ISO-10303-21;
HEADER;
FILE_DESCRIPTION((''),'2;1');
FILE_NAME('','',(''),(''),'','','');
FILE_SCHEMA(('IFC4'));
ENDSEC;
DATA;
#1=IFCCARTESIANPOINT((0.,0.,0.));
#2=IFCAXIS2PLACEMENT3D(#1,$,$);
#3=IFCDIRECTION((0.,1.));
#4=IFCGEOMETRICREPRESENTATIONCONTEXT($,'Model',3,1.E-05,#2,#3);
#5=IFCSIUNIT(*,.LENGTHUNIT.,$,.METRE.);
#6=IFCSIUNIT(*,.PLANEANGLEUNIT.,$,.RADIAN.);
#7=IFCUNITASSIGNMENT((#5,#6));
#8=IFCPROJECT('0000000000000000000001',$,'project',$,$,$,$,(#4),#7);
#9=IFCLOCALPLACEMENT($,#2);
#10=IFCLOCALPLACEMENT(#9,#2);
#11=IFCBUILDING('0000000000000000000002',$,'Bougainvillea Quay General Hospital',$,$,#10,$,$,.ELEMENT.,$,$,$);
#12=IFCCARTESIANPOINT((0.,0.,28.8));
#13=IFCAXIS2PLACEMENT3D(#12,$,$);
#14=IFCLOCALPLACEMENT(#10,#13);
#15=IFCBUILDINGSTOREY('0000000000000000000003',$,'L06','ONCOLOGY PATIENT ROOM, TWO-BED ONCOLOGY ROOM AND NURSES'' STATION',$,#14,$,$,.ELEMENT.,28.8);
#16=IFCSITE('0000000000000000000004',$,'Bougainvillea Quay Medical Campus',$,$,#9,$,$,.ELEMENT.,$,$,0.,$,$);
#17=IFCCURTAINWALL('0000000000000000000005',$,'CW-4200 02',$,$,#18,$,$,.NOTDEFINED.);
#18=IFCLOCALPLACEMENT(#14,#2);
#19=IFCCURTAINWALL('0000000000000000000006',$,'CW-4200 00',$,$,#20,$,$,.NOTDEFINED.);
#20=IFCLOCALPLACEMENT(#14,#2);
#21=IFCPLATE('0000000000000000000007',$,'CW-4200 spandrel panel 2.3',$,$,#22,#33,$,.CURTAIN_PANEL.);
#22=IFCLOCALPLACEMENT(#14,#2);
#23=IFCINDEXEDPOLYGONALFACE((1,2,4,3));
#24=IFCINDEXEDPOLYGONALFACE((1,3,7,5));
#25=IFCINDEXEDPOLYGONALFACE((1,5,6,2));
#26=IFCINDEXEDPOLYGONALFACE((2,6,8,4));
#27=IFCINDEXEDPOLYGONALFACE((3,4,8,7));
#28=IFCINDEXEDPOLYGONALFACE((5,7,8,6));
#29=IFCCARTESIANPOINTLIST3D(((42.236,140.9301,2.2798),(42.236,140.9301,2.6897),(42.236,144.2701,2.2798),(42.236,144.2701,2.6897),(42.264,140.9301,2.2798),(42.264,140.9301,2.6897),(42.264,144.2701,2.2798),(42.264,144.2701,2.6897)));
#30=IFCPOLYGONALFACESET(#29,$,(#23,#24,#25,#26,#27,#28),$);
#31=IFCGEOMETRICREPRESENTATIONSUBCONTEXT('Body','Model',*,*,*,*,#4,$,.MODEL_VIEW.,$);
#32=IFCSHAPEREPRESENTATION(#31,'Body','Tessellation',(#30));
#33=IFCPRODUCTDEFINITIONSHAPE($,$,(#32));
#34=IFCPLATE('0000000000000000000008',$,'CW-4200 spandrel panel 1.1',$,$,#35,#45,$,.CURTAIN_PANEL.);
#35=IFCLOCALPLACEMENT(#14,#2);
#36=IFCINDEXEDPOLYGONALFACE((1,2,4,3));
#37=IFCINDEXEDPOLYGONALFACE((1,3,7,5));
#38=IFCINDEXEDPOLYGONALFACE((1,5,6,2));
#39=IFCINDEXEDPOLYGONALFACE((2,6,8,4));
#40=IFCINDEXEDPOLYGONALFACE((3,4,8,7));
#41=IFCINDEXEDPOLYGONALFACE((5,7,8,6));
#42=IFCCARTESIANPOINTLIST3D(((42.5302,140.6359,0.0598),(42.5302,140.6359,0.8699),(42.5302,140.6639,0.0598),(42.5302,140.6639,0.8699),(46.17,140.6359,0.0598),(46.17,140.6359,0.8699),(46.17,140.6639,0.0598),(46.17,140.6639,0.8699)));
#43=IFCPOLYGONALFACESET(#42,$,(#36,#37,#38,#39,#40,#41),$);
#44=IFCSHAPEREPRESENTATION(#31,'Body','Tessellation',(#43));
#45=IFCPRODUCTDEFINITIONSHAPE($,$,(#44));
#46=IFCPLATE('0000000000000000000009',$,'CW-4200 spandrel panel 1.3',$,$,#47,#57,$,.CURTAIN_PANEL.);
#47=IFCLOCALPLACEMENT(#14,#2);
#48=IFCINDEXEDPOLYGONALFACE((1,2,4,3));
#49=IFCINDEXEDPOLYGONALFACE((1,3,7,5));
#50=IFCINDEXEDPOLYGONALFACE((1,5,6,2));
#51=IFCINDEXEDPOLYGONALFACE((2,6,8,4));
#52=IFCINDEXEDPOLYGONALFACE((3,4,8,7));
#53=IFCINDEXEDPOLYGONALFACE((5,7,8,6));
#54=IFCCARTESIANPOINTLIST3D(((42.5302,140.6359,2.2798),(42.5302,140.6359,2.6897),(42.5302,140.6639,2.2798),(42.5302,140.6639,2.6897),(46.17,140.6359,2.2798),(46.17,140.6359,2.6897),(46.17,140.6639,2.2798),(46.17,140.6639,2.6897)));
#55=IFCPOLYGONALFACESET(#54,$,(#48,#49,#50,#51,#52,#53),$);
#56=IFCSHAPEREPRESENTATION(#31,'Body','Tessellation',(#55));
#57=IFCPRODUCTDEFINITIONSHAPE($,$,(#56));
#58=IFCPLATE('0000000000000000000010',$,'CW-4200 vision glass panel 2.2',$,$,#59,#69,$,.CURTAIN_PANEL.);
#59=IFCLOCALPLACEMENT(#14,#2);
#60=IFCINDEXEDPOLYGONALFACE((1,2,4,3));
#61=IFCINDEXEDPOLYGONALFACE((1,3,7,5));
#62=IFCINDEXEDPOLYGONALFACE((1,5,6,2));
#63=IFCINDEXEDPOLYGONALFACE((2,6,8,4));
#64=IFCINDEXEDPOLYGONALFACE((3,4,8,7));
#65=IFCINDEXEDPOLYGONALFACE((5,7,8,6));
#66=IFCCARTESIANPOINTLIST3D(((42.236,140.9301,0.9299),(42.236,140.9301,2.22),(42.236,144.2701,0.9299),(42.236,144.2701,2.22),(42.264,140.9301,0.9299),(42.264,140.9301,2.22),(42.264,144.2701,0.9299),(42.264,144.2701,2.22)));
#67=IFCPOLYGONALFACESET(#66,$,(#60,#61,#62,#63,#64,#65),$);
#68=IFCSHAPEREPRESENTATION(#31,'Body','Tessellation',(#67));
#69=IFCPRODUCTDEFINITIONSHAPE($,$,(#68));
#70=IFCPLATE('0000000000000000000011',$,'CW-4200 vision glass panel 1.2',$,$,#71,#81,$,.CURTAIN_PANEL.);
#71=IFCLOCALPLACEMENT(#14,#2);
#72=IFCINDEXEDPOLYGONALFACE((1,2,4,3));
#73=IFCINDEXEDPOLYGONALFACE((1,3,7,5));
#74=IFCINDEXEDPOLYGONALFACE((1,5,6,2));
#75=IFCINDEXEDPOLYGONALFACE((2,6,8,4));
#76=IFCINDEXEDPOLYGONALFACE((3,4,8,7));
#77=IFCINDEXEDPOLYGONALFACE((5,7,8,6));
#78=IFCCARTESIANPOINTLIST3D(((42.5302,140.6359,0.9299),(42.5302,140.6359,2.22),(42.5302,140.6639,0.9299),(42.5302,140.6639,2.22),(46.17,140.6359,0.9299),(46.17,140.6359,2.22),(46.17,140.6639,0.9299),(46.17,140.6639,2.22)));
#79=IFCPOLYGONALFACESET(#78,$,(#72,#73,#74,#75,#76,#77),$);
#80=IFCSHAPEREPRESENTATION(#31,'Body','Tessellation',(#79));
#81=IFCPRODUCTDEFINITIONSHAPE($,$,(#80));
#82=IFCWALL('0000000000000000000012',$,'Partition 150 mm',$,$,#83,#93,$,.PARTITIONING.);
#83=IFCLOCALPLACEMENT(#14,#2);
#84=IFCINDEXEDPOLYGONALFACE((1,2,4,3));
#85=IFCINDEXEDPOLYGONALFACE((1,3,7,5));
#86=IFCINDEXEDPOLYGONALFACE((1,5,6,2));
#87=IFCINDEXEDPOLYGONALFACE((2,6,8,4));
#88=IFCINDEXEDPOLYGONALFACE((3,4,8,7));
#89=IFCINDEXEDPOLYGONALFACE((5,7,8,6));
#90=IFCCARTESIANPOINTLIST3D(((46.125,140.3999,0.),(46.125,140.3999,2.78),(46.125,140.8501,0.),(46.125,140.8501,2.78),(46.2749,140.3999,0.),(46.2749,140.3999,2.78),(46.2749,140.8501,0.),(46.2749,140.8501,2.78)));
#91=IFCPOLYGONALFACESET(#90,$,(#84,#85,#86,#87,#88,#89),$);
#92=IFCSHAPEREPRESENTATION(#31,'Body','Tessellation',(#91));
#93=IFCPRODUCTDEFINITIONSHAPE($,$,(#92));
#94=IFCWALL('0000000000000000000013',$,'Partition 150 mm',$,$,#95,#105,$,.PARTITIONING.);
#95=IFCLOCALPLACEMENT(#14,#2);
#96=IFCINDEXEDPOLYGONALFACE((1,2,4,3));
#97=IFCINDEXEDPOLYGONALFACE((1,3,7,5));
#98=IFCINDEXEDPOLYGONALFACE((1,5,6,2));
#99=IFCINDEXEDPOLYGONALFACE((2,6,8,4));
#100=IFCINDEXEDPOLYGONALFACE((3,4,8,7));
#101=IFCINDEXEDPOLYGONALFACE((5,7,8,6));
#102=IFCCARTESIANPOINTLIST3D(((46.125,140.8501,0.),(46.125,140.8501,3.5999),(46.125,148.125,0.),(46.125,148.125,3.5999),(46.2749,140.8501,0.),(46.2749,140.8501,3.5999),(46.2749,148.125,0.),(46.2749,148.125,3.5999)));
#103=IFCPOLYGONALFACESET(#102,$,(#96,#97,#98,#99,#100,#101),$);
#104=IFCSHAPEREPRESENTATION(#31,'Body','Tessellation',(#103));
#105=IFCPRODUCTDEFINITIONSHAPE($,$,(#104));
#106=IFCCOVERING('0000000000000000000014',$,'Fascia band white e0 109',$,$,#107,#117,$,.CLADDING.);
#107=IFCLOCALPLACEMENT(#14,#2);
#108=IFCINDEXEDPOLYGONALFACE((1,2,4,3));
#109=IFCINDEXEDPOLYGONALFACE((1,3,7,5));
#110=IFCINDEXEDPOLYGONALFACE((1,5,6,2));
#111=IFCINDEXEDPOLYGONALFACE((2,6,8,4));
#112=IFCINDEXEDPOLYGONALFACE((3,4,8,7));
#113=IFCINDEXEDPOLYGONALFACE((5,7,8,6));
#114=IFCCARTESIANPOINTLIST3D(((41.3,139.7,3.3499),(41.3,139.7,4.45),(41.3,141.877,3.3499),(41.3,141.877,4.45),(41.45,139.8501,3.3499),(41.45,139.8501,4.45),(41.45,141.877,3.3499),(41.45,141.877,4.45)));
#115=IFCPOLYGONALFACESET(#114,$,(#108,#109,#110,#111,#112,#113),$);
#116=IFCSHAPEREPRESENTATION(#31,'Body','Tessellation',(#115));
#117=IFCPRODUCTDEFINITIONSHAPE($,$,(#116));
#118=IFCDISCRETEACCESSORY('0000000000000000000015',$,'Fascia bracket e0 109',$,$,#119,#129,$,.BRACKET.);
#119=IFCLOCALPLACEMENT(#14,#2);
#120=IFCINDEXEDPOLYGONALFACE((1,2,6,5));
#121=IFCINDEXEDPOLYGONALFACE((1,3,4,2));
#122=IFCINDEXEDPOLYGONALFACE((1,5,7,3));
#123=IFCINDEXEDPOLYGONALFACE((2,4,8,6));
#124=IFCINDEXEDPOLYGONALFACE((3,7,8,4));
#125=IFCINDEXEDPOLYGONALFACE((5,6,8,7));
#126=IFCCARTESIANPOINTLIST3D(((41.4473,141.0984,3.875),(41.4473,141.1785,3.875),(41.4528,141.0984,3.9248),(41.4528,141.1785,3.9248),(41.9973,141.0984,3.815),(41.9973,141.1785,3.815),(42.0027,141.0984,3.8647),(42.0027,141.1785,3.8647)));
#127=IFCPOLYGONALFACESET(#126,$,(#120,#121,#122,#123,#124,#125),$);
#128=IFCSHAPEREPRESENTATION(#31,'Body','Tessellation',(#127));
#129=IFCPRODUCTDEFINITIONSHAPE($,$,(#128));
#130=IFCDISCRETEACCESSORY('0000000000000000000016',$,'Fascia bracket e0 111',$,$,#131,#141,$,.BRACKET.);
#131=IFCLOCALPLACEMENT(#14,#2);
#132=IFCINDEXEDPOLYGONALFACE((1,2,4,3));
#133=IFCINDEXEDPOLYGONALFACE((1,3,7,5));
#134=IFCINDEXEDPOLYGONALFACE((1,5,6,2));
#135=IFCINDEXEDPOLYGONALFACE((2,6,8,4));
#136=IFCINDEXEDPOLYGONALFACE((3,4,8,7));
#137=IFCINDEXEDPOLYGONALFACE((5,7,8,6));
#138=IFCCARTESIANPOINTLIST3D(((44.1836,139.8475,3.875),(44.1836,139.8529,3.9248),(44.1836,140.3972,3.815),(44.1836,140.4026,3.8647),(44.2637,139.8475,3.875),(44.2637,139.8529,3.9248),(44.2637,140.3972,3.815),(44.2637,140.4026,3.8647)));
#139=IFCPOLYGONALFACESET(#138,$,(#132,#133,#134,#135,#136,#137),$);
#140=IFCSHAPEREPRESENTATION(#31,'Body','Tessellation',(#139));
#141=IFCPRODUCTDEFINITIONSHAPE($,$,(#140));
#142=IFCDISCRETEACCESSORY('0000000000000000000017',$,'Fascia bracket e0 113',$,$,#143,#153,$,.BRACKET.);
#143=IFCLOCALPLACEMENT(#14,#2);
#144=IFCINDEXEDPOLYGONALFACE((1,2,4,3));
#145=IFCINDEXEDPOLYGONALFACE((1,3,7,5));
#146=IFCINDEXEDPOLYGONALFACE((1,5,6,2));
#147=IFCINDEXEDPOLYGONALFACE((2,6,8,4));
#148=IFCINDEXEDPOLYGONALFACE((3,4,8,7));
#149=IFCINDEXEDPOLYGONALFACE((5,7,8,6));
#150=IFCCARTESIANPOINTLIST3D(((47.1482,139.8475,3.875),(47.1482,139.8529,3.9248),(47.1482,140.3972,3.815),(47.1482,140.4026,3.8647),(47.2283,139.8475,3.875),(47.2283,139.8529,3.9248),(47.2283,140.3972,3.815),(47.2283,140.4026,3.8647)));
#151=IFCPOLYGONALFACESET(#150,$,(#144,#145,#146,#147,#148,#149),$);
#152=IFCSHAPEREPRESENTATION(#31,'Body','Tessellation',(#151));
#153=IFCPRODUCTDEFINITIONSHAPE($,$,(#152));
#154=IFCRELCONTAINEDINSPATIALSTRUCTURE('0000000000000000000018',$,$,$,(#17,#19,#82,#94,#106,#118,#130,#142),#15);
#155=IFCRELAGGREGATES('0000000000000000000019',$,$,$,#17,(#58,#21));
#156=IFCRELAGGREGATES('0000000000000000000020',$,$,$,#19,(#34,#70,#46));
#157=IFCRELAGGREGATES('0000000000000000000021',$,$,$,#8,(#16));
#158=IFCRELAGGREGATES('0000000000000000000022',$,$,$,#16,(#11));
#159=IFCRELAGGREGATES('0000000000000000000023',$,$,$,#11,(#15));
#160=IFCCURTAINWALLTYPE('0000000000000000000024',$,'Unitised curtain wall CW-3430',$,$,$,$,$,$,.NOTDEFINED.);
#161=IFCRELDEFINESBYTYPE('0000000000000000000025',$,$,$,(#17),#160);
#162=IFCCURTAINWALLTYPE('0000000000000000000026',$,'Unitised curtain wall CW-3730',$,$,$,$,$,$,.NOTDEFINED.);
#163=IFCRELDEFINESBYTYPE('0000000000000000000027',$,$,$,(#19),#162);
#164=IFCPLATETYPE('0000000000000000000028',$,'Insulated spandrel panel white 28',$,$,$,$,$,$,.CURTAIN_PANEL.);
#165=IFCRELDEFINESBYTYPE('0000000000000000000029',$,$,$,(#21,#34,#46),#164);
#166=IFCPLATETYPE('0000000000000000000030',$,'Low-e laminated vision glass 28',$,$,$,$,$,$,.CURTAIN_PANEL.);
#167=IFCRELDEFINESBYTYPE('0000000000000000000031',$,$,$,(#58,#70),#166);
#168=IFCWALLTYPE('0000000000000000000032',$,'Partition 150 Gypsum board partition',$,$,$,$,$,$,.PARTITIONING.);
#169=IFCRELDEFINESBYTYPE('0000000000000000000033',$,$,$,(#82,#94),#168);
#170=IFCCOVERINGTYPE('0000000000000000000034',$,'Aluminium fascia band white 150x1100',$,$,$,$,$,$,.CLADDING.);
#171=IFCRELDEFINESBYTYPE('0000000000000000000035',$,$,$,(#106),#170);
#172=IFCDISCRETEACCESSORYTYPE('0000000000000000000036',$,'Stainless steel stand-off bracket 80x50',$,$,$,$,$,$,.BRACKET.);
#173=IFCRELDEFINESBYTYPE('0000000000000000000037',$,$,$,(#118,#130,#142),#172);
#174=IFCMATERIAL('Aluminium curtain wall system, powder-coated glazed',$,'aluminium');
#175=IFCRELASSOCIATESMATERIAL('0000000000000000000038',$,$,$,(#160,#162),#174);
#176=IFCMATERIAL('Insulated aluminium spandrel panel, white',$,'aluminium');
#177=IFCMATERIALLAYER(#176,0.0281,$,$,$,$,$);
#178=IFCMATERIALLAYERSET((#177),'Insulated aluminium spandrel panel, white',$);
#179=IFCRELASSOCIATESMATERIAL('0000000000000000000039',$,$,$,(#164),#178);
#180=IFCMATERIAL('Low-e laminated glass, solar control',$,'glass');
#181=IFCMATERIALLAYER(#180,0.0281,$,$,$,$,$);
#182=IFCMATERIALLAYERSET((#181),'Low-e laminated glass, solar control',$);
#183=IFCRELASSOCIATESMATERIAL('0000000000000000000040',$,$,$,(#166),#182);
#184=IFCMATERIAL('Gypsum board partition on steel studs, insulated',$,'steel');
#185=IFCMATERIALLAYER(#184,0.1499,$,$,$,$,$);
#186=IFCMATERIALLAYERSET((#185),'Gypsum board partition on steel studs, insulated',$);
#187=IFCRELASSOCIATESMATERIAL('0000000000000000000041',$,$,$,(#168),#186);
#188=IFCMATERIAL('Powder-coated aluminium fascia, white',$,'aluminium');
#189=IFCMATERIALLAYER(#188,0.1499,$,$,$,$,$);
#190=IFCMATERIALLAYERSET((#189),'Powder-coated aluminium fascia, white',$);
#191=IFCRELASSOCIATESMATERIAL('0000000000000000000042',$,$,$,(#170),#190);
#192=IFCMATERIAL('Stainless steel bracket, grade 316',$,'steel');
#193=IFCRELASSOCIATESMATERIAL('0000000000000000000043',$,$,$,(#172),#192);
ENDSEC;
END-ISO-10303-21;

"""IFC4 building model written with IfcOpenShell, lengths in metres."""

from ifc_helpers import new_model, si_unit, direction, frame, frame_2d, origin, origin_2d, place, context, subcontext, project, spatial, polyline, rectangle, outline, extrude, material, layer, layer_set, material_profile, profile_set, type_object, element, aggregate, save


model = new_model("IFC4")

# Units and contexts
model_context = context("Model", 3, precision=1e-05, world=origin(), true_north=direction((0.0, 1.0)))
body_context = subcontext(model_context, "Body", "Model", "MODEL_VIEW")
ifc_project = project(units=[si_unit("LENGTHUNIT", "METRE"), si_unit("PLANEANGLEUNIT", "RADIAN")], contexts=[model_context])

# Site, building, storey
site_placement = place(None, origin())
site = spatial("IfcSite", under=ifc_project, at=site_placement, Name="Bougainvillea Quay Medical Campus", CompositionType="ELEMENT", RefElevation=0.0)
building_placement = place(site_placement, origin())
building = spatial("IfcBuilding", under=site, at=building_placement, Name="Bougainvillea Quay General Hospital", CompositionType="ELEMENT")
storey_placement = place(building_placement, frame((0.0, 0.0, 28.8)))
storey = spatial("IfcBuildingStorey", under=building, at=storey_placement, Name="L06", Description="ONCOLOGY PATIENT ROOM, TWO-BED ONCOLOGY ROOM AND NURSES' STATION", CompositionType="ELEMENT", Elevation=28.8)

# Curtain wall
ifc_material_1 = material(Name="Aluminium curtain wall system, powder-coated glazed", Category="aluminium")
curtain_wall_type_1 = type_object("IfcCurtainWallType", Name="Unitised curtain wall CW-3430", PredefinedType="NOTDEFINED", material=ifc_material_1)
curtain_wall_1_placement = place(storey_placement, origin())
curtain_wall_1 = element("IfcCurtainWall", 1, at=curtain_wall_1_placement, inside=storey, type_object=curtain_wall_type_1, Name="CW-4200 02", PredefinedType="NOTDEFINED")

# Curtain wall
curtain_wall_type_2 = type_object("IfcCurtainWallType", Name="Unitised curtain wall CW-3730", PredefinedType="NOTDEFINED", material=ifc_material_1)
curtain_wall_2_placement = place(storey_placement, origin())
curtain_wall_2 = element("IfcCurtainWall", 2, at=curtain_wall_2_placement, inside=storey, type_object=curtain_wall_type_2, Name="CW-4200 00", PredefinedType="NOTDEFINED")

# Plates
ifc_material_2 = material(Name="Insulated aluminium spandrel panel, white", Category="aluminium")
ifc_layer_1 = layer(ifc_material_2, 0.0281)
ifc_layer_set_1 = layer_set([ifc_layer_1], Name="Insulated aluminium spandrel panel, white")
plate_type_1 = type_object("IfcPlateType", Name="Insulated spandrel panel white 28", PredefinedType="CURTAIN_PANEL", material=ifc_layer_set_1)
plate_1_placement = place(storey_placement, frame((42.25, 142.6001, 2.2798), z_axis=(0.0, 0.0, 1.0), x_axis=(0.0, -1.0, 0.0)))
plate_1 = element("IfcPlate", 3, at=plate_1_placement, type_object=plate_type_1, Name="CW-4200 spandrel panel 2.3", PredefinedType="CURTAIN_PANEL", context=body_context, shape_type="SweptSolid", body=[
    extrude(rectangle(XDim=3.3401, YDim=0.0281, at=origin_2d()), origin(), (0.0, 0.0, 1.0), 0.4099),
])
plate_2_placement = place(storey_placement, frame((44.3501, 140.6499, 0.0598), z_axis=(0.0, 0.0, 1.0), x_axis=(1.0, 0.0, 0.0)))
plate_2 = element("IfcPlate", 4, at=plate_2_placement, type_object=plate_type_1, Name="CW-4200 spandrel panel 1.1", PredefinedType="CURTAIN_PANEL", context=body_context, shape_type="SweptSolid", body=[
    extrude(rectangle(XDim=3.6399, YDim=0.0281, at=origin_2d()), origin(), (0.0, 0.0, 1.0), 0.8101),
])
plate_3_placement = place(storey_placement, frame((44.3501, 140.6499, 2.2798), z_axis=(0.0, 0.0, 1.0), x_axis=(1.0, 0.0, 0.0)))
plate_3 = element("IfcPlate", 5, at=plate_3_placement, type_object=plate_type_1, Name="CW-4200 spandrel panel 1.3", PredefinedType="CURTAIN_PANEL", context=body_context, shape_type="SweptSolid", body=[
    extrude(rectangle(XDim=3.6399, YDim=0.0281, at=origin_2d()), origin(), (0.0, 0.0, 1.0), 0.4099),
])
ifc_material_3 = material(Name="Low-e laminated glass, solar control", Category="glass")
ifc_layer_2 = layer(ifc_material_3, 0.0281)
ifc_layer_set_2 = layer_set([ifc_layer_2], Name="Low-e laminated glass, solar control")
plate_type_2 = type_object("IfcPlateType", Name="Low-e laminated vision glass 28", PredefinedType="CURTAIN_PANEL", material=ifc_layer_set_2)
plate_4_placement = place(storey_placement, frame((42.25, 142.6001, 0.9299), z_axis=(0.0, 0.0, 1.0), x_axis=(0.0, -1.0, 0.0)))
plate_4 = element("IfcPlate", 6, at=plate_4_placement, type_object=plate_type_2, Name="CW-4200 vision glass panel 2.2", PredefinedType="CURTAIN_PANEL", context=body_context, shape_type="SweptSolid", body=[
    extrude(rectangle(XDim=3.3401, YDim=0.0281, at=origin_2d()), origin(), (0.0, 0.0, 1.0), 1.29),
])
aggregate(curtain_wall_1, [plate_4, plate_1])
plate_5_placement = place(storey_placement, frame((44.3501, 140.6499, 0.9299), z_axis=(0.0, 0.0, 1.0), x_axis=(1.0, 0.0, 0.0)))
plate_5 = element("IfcPlate", 7, at=plate_5_placement, type_object=plate_type_2, Name="CW-4200 vision glass panel 1.2", PredefinedType="CURTAIN_PANEL", context=body_context, shape_type="SweptSolid", body=[
    extrude(rectangle(XDim=3.6399, YDim=0.0281, at=origin_2d()), origin(), (0.0, 0.0, 1.0), 1.29),
])
aggregate(curtain_wall_2, [plate_2, plate_5, plate_3])

# Walls
ifc_material_4 = material(Name="Gypsum board partition on steel studs, insulated", Category="steel")
ifc_layer_3 = layer(ifc_material_4, 0.1499)
ifc_layer_set_3 = layer_set([ifc_layer_3], Name="Gypsum board partition on steel studs, insulated")
wall_type = type_object("IfcWallType", Name="Partition 150 Gypsum board partition", PredefinedType="PARTITIONING", material=ifc_layer_set_3)
wall_1_placement = place(storey_placement, frame((46.2, 140.3999, 0.0), z_axis=(0.0, 0.0, 1.0), x_axis=(0.0, 1.0, 0.0)))
element("IfcWall", 8, at=wall_1_placement, inside=storey, type_object=wall_type, Name="Partition 150 mm", PredefinedType="PARTITIONING", context=body_context, shape_type="SweptSolid", body=[
    extrude(rectangle(XDim=0.4502, YDim=0.1499, at=frame_2d((0.2251, 0.0))), origin(), (0.0, 0.0, 1.0), 2.78),
])
wall_2_placement = place(storey_placement, frame((46.2, 140.8501, 0.0), z_axis=(0.0, 0.0, 1.0), x_axis=(0.0, 1.0, 0.0)))
element("IfcWall", 9, at=wall_2_placement, inside=storey, type_object=wall_type, Name="Partition 150 mm", PredefinedType="PARTITIONING", context=body_context, shape_type="SweptSolid", body=[
    extrude(rectangle(XDim=7.2749, YDim=0.1499, at=frame_2d((3.6375, 0.0))), origin(), (0.0, 0.0, 1.0), 3.5999),
])

# Covering
ifc_material_5 = material(Name="Powder-coated aluminium fascia, white", Category="aluminium")
ifc_layer_4 = layer(ifc_material_5, 0.1499)
ifc_layer_set_4 = layer_set([ifc_layer_4], Name="Powder-coated aluminium fascia, white")
covering_type = type_object("IfcCoveringType", Name="Aluminium fascia band white 150x1100", PredefinedType="CLADDING", material=ifc_layer_set_4)
covering_placement = place(storey_placement, frame((41.45, 141.877, 3.3499), z_axis=(0.0, 0.0, 1.0), x_axis=(0.0, -1.0, 0.0)))
element("IfcCovering", 10, at=covering_placement, inside=storey, type_object=covering_type, Name="Fascia band white e0 109", PredefinedType="CLADDING", context=body_context, shape_type="SweptSolid", body=[
    extrude(outline(polyline([(0.0, 0.0), (2.0269, 0.0), (2.177, -0.1499), (0.0, -0.1499), (0.0, 0.0)])), origin(), (0.0, 0.0, 1.0), 1.1001),
])

# Discrete accessories
ifc_material_6 = material(Name="Stainless steel bracket, grade 316", Category="steel")
ifc_material_profile_1 = material_profile(ifc_material_6, rectangle(XDim=0.0801, YDim=0.05, at=origin_2d()))
ifc_profile_set_1 = profile_set([ifc_material_profile_1], Name="Stainless steel bracket, grade 316")
discrete_accessory_type = type_object("IfcDiscreteAccessoryType", Name="Stainless steel stand-off bracket 80x50", PredefinedType="BRACKET", material=ifc_profile_set_1)
discrete_accessory_placement = place(storey_placement, frame((42.0, 141.1384, 3.8398), z_axis=(-0.994092, 0.0, 0.108543), x_axis=(0.0, -1.0, 0.0)))
element("IfcDiscreteAccessory", 11, at=discrete_accessory_placement, inside=storey, type_object=discrete_accessory_type, Name="Fascia bracket e0 109", PredefinedType="BRACKET", context=body_context, shape_type="SweptSolid", body=[
    extrude(rectangle(XDim=0.0801, YDim=0.05, at=origin_2d()), origin(), (0.0, 0.0, 1.0), 0.5532),
])
for number, where, z_axis, x_axis, name in (
    (12, (44.2236, 140.3999, 3.8398), (0.0, -0.994087, 0.10859), (1.0, 0.0, 0.0), "Fascia bracket e0 111"),
    (13, (47.1882, 140.3999, 3.8398), (0.0, -0.994087, 0.10859), (1.0, 0.0, 0.0), "Fascia bracket e0 113"),
):
    element("IfcDiscreteAccessory", number, at=place(storey_placement, frame(where, z_axis=z_axis, x_axis=x_axis)), inside=storey, type_object=discrete_accessory_type, Name=name, PredefinedType="BRACKET", context=body_context, shape_type="SweptSolid", body=[
        extrude(rectangle(XDim=0.0801, YDim=0.05, at=origin_2d()), origin(), (0.0, 0.0, 1.0), 0.553),
    ])

save(model, "model.ifc")
